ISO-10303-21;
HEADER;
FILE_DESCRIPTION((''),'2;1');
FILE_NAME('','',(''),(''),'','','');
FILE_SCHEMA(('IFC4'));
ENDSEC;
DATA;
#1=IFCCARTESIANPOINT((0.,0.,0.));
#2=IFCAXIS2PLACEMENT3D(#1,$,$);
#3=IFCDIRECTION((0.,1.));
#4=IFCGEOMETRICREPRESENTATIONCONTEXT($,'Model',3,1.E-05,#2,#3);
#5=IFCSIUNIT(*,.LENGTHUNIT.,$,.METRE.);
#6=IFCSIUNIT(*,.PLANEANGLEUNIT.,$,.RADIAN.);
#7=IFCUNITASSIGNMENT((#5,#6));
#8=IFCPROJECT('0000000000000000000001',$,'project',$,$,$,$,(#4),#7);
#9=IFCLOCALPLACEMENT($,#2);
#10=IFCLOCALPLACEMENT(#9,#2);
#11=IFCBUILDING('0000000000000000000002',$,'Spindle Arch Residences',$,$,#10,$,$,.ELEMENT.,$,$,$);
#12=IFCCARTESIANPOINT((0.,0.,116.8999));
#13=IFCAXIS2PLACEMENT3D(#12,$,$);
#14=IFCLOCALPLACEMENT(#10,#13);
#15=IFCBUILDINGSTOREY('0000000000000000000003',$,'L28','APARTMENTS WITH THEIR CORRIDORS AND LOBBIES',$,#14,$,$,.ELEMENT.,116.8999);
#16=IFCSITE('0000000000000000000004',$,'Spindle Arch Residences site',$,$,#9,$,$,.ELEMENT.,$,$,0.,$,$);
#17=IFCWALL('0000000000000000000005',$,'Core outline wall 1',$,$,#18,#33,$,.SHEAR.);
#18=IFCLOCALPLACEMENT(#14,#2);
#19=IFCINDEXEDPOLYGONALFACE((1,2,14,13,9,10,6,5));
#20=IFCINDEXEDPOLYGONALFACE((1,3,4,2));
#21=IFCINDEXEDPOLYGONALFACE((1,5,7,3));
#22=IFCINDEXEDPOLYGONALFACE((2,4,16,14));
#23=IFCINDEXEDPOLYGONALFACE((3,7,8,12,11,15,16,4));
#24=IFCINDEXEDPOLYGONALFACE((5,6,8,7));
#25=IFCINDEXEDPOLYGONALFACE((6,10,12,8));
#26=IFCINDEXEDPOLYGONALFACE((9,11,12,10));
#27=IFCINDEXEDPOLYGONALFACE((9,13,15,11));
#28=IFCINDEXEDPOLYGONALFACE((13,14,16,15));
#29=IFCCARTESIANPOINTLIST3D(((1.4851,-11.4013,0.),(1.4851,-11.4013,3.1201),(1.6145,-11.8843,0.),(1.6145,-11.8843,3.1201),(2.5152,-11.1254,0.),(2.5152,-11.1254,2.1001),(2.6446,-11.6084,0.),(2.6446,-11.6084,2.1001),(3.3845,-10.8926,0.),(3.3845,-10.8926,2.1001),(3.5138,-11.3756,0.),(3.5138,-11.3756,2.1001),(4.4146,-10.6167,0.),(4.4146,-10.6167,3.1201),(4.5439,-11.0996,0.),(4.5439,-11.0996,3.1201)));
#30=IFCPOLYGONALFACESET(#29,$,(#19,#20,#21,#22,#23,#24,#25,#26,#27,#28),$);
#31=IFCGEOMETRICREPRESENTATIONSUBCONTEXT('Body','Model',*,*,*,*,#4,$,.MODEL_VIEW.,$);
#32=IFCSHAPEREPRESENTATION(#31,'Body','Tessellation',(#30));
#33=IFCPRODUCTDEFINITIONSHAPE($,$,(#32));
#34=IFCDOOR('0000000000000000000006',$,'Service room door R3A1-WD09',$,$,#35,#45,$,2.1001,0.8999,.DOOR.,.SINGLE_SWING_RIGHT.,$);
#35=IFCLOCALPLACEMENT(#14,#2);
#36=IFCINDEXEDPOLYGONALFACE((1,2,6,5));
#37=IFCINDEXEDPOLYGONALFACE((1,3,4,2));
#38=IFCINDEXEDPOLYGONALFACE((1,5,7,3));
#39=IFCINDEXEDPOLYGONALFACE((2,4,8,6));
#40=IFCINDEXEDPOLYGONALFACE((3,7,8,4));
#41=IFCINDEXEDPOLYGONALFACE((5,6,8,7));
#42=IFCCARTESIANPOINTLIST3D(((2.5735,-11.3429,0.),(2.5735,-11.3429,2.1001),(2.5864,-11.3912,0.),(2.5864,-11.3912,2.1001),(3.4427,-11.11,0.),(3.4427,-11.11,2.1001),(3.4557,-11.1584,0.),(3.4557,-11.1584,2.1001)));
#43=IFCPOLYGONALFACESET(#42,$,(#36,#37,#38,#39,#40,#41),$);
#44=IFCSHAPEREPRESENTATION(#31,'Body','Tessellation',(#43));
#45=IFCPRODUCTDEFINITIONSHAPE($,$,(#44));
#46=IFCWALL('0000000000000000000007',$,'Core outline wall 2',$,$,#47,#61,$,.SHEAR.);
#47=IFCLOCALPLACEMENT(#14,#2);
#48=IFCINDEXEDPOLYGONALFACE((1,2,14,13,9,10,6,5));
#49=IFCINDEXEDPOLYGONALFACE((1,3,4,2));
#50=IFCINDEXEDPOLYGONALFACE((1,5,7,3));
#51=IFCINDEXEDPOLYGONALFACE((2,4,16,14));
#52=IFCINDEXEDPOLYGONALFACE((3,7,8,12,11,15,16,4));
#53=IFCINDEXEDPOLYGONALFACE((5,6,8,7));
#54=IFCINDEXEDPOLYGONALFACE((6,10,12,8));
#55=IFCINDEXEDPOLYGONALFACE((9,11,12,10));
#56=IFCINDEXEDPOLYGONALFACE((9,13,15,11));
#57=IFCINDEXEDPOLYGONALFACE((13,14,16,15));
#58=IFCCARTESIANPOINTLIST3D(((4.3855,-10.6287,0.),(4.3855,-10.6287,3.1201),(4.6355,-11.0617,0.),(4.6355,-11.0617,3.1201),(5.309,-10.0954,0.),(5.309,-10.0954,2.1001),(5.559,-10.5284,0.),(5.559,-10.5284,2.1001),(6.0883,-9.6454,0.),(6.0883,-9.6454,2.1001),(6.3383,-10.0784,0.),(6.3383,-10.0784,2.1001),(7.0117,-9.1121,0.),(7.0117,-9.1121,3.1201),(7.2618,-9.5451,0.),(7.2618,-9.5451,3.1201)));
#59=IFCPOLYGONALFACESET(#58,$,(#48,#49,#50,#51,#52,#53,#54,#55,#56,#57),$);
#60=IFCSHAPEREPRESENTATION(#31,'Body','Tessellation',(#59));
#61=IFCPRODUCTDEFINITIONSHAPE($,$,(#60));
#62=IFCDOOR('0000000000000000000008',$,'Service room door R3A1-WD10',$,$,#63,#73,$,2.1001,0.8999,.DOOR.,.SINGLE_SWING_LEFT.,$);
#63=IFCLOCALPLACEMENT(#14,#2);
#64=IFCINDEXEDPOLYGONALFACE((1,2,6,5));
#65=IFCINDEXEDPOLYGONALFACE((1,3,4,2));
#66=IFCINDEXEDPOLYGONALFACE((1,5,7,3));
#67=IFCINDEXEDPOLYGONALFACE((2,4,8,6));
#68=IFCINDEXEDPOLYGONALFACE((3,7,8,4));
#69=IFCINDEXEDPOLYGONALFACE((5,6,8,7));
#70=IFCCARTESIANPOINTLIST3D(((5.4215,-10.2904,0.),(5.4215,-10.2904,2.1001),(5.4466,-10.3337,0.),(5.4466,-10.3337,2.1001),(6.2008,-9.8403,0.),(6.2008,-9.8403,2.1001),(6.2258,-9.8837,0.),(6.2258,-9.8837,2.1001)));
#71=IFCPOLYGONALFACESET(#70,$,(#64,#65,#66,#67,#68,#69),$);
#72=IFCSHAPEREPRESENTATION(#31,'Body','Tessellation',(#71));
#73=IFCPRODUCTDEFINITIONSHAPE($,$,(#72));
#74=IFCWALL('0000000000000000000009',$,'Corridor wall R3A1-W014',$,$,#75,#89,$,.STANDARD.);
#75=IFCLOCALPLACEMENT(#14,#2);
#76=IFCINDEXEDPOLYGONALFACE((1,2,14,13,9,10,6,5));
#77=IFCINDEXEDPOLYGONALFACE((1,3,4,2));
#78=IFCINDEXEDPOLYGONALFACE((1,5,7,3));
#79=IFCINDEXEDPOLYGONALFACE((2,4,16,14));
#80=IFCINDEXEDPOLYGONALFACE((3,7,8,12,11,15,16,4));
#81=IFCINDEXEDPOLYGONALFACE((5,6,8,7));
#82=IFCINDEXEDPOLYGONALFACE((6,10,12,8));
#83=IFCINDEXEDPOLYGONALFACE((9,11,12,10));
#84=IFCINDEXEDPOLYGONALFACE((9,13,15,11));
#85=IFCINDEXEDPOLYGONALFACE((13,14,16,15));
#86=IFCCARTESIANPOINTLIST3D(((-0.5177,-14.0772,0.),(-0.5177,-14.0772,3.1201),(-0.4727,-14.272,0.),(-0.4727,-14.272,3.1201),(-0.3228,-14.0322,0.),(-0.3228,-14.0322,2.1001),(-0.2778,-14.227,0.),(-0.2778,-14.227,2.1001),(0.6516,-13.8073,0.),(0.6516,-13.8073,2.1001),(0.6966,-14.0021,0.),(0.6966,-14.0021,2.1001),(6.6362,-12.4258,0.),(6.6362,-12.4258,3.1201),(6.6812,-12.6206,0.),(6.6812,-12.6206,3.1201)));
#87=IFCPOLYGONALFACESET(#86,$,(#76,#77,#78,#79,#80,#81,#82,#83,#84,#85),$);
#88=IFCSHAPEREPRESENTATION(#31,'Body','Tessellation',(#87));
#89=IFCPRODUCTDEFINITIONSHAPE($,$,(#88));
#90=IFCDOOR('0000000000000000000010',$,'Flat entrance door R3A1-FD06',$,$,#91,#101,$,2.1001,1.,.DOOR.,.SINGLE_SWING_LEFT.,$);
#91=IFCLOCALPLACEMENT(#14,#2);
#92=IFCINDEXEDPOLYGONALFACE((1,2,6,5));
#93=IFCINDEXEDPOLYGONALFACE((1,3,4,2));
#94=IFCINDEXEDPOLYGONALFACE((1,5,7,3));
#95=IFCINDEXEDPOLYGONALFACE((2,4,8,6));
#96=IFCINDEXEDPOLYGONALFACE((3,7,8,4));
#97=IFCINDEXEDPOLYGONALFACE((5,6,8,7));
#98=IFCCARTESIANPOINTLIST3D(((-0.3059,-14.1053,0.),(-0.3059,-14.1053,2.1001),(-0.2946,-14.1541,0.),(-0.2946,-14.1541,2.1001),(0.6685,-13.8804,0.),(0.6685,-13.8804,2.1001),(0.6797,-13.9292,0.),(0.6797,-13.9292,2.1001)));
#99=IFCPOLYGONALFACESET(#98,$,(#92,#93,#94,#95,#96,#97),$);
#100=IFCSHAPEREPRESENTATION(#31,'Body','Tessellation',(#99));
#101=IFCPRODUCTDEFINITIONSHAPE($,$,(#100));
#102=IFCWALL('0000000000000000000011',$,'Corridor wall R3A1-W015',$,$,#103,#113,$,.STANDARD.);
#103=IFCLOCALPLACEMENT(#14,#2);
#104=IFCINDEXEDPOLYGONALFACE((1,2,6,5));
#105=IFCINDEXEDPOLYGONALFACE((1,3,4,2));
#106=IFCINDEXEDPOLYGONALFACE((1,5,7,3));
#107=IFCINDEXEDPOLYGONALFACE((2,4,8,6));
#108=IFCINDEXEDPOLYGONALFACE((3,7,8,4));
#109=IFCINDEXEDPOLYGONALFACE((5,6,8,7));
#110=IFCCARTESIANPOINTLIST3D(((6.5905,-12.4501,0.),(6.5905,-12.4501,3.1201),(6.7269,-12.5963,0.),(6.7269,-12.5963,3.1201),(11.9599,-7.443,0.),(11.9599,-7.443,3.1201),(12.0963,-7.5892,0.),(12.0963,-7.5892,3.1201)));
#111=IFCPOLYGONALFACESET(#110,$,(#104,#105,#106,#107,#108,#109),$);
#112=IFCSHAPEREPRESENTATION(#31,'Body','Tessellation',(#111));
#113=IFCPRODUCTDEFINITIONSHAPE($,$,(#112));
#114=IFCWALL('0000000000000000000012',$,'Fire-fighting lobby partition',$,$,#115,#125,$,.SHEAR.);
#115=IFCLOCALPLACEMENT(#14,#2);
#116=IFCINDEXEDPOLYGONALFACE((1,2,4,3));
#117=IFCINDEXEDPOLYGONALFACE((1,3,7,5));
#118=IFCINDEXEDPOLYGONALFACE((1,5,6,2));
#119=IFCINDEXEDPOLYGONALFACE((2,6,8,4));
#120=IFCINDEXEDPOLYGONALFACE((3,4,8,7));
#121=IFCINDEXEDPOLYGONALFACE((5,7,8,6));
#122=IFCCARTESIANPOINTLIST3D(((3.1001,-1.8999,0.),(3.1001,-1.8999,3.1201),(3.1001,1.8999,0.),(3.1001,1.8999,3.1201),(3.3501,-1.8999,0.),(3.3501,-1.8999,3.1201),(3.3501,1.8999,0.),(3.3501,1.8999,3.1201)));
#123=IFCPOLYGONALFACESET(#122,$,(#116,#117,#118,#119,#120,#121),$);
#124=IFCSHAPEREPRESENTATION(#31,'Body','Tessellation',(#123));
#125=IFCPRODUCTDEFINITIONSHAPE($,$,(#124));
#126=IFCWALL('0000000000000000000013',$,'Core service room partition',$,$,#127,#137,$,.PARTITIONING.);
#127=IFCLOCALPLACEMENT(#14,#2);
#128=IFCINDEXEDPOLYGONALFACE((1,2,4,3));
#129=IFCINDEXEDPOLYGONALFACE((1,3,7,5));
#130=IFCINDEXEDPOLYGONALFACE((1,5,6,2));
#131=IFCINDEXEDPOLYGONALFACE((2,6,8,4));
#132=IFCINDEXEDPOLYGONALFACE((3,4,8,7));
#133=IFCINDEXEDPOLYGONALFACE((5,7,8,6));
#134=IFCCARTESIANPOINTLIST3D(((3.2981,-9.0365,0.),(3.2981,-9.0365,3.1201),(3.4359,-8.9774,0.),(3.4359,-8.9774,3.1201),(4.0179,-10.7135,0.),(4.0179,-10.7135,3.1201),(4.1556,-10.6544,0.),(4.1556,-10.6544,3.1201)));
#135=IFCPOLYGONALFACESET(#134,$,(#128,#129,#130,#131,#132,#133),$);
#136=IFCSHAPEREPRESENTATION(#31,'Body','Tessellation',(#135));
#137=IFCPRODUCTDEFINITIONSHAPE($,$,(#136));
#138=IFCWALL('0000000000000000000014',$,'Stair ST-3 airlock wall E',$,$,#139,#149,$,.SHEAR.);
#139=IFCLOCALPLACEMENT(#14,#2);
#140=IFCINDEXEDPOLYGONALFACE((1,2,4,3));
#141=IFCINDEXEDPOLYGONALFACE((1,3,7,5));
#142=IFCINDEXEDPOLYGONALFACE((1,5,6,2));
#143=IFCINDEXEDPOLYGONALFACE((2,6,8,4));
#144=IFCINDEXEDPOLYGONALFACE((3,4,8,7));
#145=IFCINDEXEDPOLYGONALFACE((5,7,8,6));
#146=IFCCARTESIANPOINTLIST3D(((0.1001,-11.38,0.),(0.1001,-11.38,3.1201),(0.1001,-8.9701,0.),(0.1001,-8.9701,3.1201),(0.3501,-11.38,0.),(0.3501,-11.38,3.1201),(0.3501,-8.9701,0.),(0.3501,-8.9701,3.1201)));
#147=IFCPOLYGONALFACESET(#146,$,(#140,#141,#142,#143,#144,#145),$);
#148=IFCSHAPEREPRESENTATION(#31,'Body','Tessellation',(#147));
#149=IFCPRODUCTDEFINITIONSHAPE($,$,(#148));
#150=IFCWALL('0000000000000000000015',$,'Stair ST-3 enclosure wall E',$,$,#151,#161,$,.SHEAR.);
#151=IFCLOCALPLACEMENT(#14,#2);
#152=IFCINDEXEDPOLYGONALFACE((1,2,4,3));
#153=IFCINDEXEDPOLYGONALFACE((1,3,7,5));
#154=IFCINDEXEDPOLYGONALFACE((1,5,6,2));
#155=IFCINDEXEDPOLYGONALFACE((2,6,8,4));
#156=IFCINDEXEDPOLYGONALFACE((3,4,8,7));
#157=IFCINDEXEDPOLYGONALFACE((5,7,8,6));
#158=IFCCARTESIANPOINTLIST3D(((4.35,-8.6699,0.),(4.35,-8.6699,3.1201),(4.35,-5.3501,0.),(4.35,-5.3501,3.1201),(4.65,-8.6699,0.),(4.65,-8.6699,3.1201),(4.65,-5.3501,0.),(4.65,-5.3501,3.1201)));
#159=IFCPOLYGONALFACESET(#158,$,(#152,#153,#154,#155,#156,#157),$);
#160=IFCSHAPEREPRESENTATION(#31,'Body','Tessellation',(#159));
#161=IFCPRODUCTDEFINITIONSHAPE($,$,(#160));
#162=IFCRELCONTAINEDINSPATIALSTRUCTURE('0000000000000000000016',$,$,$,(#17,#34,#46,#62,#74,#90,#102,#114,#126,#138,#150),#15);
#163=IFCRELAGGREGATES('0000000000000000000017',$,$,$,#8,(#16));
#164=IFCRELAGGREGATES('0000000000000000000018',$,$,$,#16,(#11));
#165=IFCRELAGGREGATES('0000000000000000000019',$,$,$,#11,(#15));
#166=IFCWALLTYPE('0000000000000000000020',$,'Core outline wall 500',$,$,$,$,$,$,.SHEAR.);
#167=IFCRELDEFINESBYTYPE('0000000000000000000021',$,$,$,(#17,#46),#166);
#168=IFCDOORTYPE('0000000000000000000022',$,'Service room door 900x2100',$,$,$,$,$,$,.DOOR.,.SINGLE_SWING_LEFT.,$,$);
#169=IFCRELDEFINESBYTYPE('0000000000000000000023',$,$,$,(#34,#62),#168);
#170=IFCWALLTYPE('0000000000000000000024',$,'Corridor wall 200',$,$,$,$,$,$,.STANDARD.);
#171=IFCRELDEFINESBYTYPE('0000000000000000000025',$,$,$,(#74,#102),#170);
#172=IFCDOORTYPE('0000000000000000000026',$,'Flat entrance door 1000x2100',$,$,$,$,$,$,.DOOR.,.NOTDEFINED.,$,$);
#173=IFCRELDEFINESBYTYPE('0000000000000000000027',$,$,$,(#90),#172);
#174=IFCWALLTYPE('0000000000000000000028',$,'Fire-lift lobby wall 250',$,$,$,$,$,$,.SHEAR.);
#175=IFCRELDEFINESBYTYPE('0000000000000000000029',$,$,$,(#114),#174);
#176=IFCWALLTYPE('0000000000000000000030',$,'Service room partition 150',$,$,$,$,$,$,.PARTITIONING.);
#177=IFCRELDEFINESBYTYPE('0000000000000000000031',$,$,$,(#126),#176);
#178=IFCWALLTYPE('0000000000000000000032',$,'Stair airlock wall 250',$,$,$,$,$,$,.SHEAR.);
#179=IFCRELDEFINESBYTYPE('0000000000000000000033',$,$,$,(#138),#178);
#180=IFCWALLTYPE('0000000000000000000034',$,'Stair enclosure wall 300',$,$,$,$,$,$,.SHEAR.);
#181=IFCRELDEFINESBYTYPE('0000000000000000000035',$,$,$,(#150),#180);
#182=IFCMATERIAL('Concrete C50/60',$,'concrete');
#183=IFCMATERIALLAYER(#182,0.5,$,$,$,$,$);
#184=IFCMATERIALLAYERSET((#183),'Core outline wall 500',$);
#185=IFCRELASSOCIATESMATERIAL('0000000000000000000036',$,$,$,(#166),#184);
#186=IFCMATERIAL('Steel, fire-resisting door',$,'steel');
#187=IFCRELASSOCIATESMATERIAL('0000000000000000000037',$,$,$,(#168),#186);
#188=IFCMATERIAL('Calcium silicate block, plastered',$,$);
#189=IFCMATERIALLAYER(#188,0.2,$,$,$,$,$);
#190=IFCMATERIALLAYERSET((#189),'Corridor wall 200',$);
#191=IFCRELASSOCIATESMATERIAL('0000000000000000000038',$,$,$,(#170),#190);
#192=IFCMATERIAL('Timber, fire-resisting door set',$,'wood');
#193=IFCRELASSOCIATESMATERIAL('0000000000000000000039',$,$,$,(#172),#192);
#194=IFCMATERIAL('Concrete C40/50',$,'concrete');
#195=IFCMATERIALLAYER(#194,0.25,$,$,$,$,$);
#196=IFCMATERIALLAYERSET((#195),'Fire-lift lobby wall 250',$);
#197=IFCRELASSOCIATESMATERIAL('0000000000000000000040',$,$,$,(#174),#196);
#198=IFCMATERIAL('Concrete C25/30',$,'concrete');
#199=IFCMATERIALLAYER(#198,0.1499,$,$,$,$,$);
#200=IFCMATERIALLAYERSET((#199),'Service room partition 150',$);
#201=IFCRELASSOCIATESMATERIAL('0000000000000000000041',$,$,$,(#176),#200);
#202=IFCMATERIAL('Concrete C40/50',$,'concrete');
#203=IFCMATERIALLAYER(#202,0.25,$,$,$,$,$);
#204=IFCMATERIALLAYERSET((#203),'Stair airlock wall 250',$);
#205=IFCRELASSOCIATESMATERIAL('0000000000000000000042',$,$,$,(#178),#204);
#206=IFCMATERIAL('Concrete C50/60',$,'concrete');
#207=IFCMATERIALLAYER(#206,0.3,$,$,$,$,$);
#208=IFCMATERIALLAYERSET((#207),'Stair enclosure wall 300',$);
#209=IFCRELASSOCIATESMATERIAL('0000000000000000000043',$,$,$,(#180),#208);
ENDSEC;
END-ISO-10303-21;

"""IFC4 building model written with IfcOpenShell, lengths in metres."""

from ifc_helpers import new_model, si_unit, direction, frame, frame_2d, origin, place, context, subcontext, project, spatial, rectangle, extrude, material, layer, layer_set, type_object, element, fill, save


model = new_model("IFC4")

# Units and contexts
model_context = context("Model", 3, precision=1e-05, world=origin(), true_north=direction((0.0, 1.0)))
body_context = subcontext(model_context, "Body", "Model", "MODEL_VIEW")
ifc_project = project(units=[si_unit("LENGTHUNIT", "METRE"), si_unit("PLANEANGLEUNIT", "RADIAN")], contexts=[model_context])

# Site, building, storey
site_placement = place(None, origin())
site = spatial("IfcSite", under=ifc_project, at=site_placement, Name="Spindle Arch Residences site", CompositionType="ELEMENT", RefElevation=0.0)
building_placement = place(site_placement, origin())
building = spatial("IfcBuilding", under=site, at=building_placement, Name="Spindle Arch Residences", CompositionType="ELEMENT")
storey_placement = place(building_placement, frame((0.0, 0.0, 116.8999)))
storey = spatial("IfcBuildingStorey", under=building, at=storey_placement, Name="L28", Description="APARTMENTS WITH THEIR CORRIDORS AND LOBBIES", CompositionType="ELEMENT", Elevation=116.8999)

# Walls, openings, doors
ifc_material_1 = material(Name="Concrete C50/60", Category="concrete")
ifc_layer_1 = layer(ifc_material_1, 0.5)
ifc_layer_set_1 = layer_set([ifc_layer_1], Name="Core outline wall 500")
wall_type_1 = type_object("IfcWallType", Name="Core outline wall 500", PredefinedType="SHEAR", material=ifc_layer_set_1)
wall_1_placement = place(storey_placement, frame((1.5498, -11.6428, 0.0), z_axis=(0.0, 0.0, 1.0), x_axis=(0.965948, 0.258735, 0.0)))
wall_1 = element("IfcWall", 1, at=wall_1_placement, inside=storey, type_object=wall_type_1, Name="Core outline wall 1", PredefinedType="SHEAR", context=body_context, shape_type="SweptSolid", body=[
    extrude(rectangle(XDim=3.0327, YDim=0.5, at=frame_2d((1.5164, 0.0))), origin(), (0.0, 0.0, 1.0), 3.1201),
])
opening_1_placement = place(wall_1_placement, frame((1.0664, 0.0, 0.0)))
opening_1 = element("IfcOpeningElement", 2, at=opening_1_placement, cuts=wall_1, PredefinedType="OPENING", context=body_context, shape_type="SweptSolid", body=[
    extrude(rectangle(XDim=0.8999, YDim=2.1001, at=frame_2d((0.45, 1.05))), frame((0.0, 0.26, 0.0), z_axis=(0.0, -1.0, 0.0), x_axis=(1.0, 0.0, 0.0)), (0.0, 0.0, 1.0), 0.52),
])
ifc_material_2 = material(Name="Steel, fire-resisting door", Category="steel")
door_type_1 = type_object("IfcDoorType", Name="Service room door 900x2100", OperationType="SINGLE_SWING_LEFT", PredefinedType="DOOR", material=ifc_material_2)
door_1_placement = place(opening_1_placement, origin())
door_1 = element("IfcDoor", 3, at=door_1_placement, inside=storey, type_object=door_type_1, Name="Service room door R3A1-WD09", OperationType="SINGLE_SWING_RIGHT", OverallHeight=2.1001, OverallWidth=0.8999, PredefinedType="DOOR", context=body_context, shape_type="SweptSolid", body=[
    extrude(rectangle(XDim=0.8999, YDim=2.1001, at=frame_2d((0.45, 1.05))), frame((0.0, 0.0249, 0.0), z_axis=(0.0, -1.0, 0.0), x_axis=(1.0, 0.0, 0.0)), (0.0, 0.0, 1.0), 0.05),
])
fill(opening_1, door_1)
wall_2_placement = place(storey_placement, frame((4.5105, -10.8452, 0.0), z_axis=(0.0, 0.0, 1.0), x_axis=(0.865975, 0.500087, 0.0)))
wall_2 = element("IfcWall", 4, at=wall_2_placement, inside=storey, type_object=wall_type_1, Name="Core outline wall 2", PredefinedType="SHEAR", context=body_context, shape_type="SweptSolid", body=[
    extrude(rectangle(XDim=3.0327, YDim=0.5, at=frame_2d((1.5164, 0.0))), origin(), (0.0, 0.0, 1.0), 3.1201),
])
opening_2_placement = place(wall_2_placement, frame((1.0664, 0.0, 0.0)))
opening_2 = element("IfcOpeningElement", 5, at=opening_2_placement, cuts=wall_2, PredefinedType="OPENING", context=body_context, shape_type="SweptSolid", body=[
    extrude(rectangle(XDim=0.8999, YDim=2.1001, at=frame_2d((0.45, 1.05))), frame((0.0, 0.26, 0.0), z_axis=(0.0, -1.0, 0.0), x_axis=(1.0, 0.0, 0.0)), (0.0, 0.0, 1.0), 0.52),
])
door_2_placement = place(opening_2_placement, origin())
door_2 = element("IfcDoor", 6, at=door_2_placement, inside=storey, type_object=door_type_1, Name="Service room door R3A1-WD10", OperationType="SINGLE_SWING_LEFT", OverallHeight=2.1001, OverallWidth=0.8999, PredefinedType="DOOR", context=body_context, shape_type="SweptSolid", body=[
    extrude(rectangle(XDim=0.8999, YDim=2.1001, at=frame_2d((0.45, 1.05))), frame((0.0, 0.0249, 0.0), z_axis=(0.0, -1.0, 0.0), x_axis=(1.0, 0.0, 0.0)), (0.0, 0.0, 1.0), 0.05),
])
fill(opening_2, door_2)
ifc_material_3 = material(Name="Calcium silicate block, plastered")
ifc_layer_2 = layer(ifc_material_3, 0.2)
ifc_layer_set_2 = layer_set([ifc_layer_2], Name="Corridor wall 200")
wall_type_2 = type_object("IfcWallType", Name="Corridor wall 200", PredefinedType="STANDARD", material=ifc_layer_set_2)
wall_3_placement = place(storey_placement, frame((-0.4951, -14.1746, 0.0), z_axis=(0.0, 0.0, 1.0), x_axis=(0.974377, 0.224923, 0.0)))
wall_3 = element("IfcWall", 7, at=wall_3_placement, inside=storey, type_object=wall_type_2, Name="Corridor wall R3A1-W014", PredefinedType="STANDARD", context=body_context, shape_type="SweptSolid", body=[
    extrude(rectangle(XDim=7.342, YDim=0.2, at=frame_2d((3.6709, 0.0))), origin(), (0.0, 0.0, 1.0), 3.1201),
])
opening_3_placement = place(wall_3_placement, frame((0.2, 0.0, 0.0)))
opening_3 = element("IfcOpeningElement", 8, at=opening_3_placement, cuts=wall_3, PredefinedType="OPENING", context=body_context, shape_type="SweptSolid", body=[
    extrude(rectangle(XDim=1.0, YDim=2.1001, at=frame_2d((0.5, 1.05))), frame((0.0, 0.1099, 0.0), z_axis=(0.0, -1.0, 0.0), x_axis=(1.0, 0.0, 0.0)), (0.0, 0.0, 1.0), 0.22),
])
ifc_material_4 = material(Name="Timber, fire-resisting door set", Category="wood")
door_type_2 = type_object("IfcDoorType", Name="Flat entrance door 1000x2100", OperationType="NOTDEFINED", PredefinedType="DOOR", material=ifc_material_4)
door_3_placement = place(opening_3_placement, origin())
door_3 = element("IfcDoor", 9, at=door_3_placement, inside=storey, type_object=door_type_2, Name="Flat entrance door R3A1-FD06", OperationType="SINGLE_SWING_LEFT", OverallHeight=2.1001, OverallWidth=1.0, PredefinedType="DOOR", context=body_context, shape_type="SweptSolid", body=[
    extrude(rectangle(XDim=1.0, YDim=2.1001, at=frame_2d((0.5, 1.05))), frame((0.0, 0.0249, 0.0), z_axis=(0.0, -1.0, 0.0), x_axis=(1.0, 0.0, 0.0)), (0.0, 0.0, 1.0), 0.05),
])
fill(opening_3, door_3)

# Walls
wall_4_placement = place(storey_placement, frame((6.6587, -12.5232, 0.0), z_axis=(0.0, 0.0, 1.0), x_axis=(0.73135, 0.682002, 0.0)))
element("IfcWall", 10, at=wall_4_placement, inside=storey, type_object=wall_type_2, Name="Corridor wall R3A1-W015", PredefinedType="STANDARD", context=body_context, shape_type="SweptSolid", body=[
    extrude(rectangle(XDim=7.3418, YDim=0.2, at=frame_2d((3.6709, 0.0))), origin(), (0.0, 0.0, 1.0), 3.1201),
])
ifc_material_5 = material(Name="Concrete C40/50", Category="concrete")
ifc_layer_3 = layer(ifc_material_5, 0.25)
ifc_layer_set_3 = layer_set([ifc_layer_3], Name="Fire-lift lobby wall 250")
wall_type_3 = type_object("IfcWallType", Name="Fire-lift lobby wall 250", PredefinedType="SHEAR", material=ifc_layer_set_3)
wall_5_placement = place(storey_placement, frame((3.2251, -1.8999, 0.0), z_axis=(0.0, 0.0, 1.0), x_axis=(0.0, 1.0, 0.0)))
element("IfcWall", 11, at=wall_5_placement, inside=storey, type_object=wall_type_3, Name="Fire-fighting lobby partition", PredefinedType="SHEAR", context=body_context, shape_type="SweptSolid", body=[
    extrude(rectangle(XDim=3.7998, YDim=0.25, at=frame_2d((1.8999, 0.0))), origin(), (0.0, 0.0, 1.0), 3.1201),
])

# Walls
ifc_material_6 = material(Name="Concrete C25/30", Category="concrete")
ifc_layer_4 = layer(ifc_material_6, 0.1499)
ifc_layer_set_4 = layer_set([ifc_layer_4], Name="Service room partition 150")
wall_type_4 = type_object("IfcWallType", Name="Service room partition 150", PredefinedType="PARTITIONING", material=ifc_layer_set_4)
wall_6_placement = place(storey_placement, frame((3.3669, -9.0068, 0.0), z_axis=(0.0, 0.0, 1.0), x_axis=(0.394387, -0.918944, 0.0)))
element("IfcWall", 12, at=wall_6_placement, inside=storey, type_object=wall_type_4, Name="Core service room partition", PredefinedType="PARTITIONING", context=body_context, shape_type="SweptSolid", body=[
    extrude(rectangle(XDim=1.825, YDim=0.1499, at=frame_2d((0.9126, 0.0))), origin(), (0.0, 0.0, 1.0), 3.1201),
])
ifc_material_7 = material(Name="Concrete C40/50", Category="concrete")
ifc_layer_5 = layer(ifc_material_7, 0.25)
ifc_layer_set_5 = layer_set([ifc_layer_5], Name="Stair airlock wall 250")
wall_type_5 = type_object("IfcWallType", Name="Stair airlock wall 250", PredefinedType="SHEAR", material=ifc_layer_set_5)
wall_7_placement = place(storey_placement, frame((0.2251, -8.97, 0.0), z_axis=(0.0, 0.0, 1.0), x_axis=(0.0, -1.0, 0.0)))
element("IfcWall", 13, at=wall_7_placement, inside=storey, type_object=wall_type_5, Name="Stair ST-3 airlock wall E", PredefinedType="SHEAR", context=body_context, shape_type="SweptSolid", body=[
    extrude(rectangle(XDim=2.4099, YDim=0.25, at=frame_2d((1.2051, 0.0))), origin(), (0.0, 0.0, 1.0), 3.1201),
])
ifc_material_8 = material(Name="Concrete C50/60", Category="concrete")
ifc_layer_6 = layer(ifc_material_8, 0.3)
ifc_layer_set_6 = layer_set([ifc_layer_6], Name="Stair enclosure wall 300")
wall_type_6 = type_object("IfcWallType", Name="Stair enclosure wall 300", PredefinedType="SHEAR", material=ifc_layer_set_6)
wall_8_placement = place(storey_placement, frame((4.5, -8.6699, 0.0), z_axis=(0.0, 0.0, 1.0), x_axis=(0.0, 1.0, 0.0)))
element("IfcWall", 14, at=wall_8_placement, inside=storey, type_object=wall_type_6, Name="Stair ST-3 enclosure wall E", PredefinedType="SHEAR", context=body_context, shape_type="SweptSolid", body=[
    extrude(rectangle(XDim=3.3198, YDim=0.3, at=frame_2d((1.6599, 0.0))), origin(), (0.0, 0.0, 1.0), 3.1201),
])

save(model, "model.ifc")
